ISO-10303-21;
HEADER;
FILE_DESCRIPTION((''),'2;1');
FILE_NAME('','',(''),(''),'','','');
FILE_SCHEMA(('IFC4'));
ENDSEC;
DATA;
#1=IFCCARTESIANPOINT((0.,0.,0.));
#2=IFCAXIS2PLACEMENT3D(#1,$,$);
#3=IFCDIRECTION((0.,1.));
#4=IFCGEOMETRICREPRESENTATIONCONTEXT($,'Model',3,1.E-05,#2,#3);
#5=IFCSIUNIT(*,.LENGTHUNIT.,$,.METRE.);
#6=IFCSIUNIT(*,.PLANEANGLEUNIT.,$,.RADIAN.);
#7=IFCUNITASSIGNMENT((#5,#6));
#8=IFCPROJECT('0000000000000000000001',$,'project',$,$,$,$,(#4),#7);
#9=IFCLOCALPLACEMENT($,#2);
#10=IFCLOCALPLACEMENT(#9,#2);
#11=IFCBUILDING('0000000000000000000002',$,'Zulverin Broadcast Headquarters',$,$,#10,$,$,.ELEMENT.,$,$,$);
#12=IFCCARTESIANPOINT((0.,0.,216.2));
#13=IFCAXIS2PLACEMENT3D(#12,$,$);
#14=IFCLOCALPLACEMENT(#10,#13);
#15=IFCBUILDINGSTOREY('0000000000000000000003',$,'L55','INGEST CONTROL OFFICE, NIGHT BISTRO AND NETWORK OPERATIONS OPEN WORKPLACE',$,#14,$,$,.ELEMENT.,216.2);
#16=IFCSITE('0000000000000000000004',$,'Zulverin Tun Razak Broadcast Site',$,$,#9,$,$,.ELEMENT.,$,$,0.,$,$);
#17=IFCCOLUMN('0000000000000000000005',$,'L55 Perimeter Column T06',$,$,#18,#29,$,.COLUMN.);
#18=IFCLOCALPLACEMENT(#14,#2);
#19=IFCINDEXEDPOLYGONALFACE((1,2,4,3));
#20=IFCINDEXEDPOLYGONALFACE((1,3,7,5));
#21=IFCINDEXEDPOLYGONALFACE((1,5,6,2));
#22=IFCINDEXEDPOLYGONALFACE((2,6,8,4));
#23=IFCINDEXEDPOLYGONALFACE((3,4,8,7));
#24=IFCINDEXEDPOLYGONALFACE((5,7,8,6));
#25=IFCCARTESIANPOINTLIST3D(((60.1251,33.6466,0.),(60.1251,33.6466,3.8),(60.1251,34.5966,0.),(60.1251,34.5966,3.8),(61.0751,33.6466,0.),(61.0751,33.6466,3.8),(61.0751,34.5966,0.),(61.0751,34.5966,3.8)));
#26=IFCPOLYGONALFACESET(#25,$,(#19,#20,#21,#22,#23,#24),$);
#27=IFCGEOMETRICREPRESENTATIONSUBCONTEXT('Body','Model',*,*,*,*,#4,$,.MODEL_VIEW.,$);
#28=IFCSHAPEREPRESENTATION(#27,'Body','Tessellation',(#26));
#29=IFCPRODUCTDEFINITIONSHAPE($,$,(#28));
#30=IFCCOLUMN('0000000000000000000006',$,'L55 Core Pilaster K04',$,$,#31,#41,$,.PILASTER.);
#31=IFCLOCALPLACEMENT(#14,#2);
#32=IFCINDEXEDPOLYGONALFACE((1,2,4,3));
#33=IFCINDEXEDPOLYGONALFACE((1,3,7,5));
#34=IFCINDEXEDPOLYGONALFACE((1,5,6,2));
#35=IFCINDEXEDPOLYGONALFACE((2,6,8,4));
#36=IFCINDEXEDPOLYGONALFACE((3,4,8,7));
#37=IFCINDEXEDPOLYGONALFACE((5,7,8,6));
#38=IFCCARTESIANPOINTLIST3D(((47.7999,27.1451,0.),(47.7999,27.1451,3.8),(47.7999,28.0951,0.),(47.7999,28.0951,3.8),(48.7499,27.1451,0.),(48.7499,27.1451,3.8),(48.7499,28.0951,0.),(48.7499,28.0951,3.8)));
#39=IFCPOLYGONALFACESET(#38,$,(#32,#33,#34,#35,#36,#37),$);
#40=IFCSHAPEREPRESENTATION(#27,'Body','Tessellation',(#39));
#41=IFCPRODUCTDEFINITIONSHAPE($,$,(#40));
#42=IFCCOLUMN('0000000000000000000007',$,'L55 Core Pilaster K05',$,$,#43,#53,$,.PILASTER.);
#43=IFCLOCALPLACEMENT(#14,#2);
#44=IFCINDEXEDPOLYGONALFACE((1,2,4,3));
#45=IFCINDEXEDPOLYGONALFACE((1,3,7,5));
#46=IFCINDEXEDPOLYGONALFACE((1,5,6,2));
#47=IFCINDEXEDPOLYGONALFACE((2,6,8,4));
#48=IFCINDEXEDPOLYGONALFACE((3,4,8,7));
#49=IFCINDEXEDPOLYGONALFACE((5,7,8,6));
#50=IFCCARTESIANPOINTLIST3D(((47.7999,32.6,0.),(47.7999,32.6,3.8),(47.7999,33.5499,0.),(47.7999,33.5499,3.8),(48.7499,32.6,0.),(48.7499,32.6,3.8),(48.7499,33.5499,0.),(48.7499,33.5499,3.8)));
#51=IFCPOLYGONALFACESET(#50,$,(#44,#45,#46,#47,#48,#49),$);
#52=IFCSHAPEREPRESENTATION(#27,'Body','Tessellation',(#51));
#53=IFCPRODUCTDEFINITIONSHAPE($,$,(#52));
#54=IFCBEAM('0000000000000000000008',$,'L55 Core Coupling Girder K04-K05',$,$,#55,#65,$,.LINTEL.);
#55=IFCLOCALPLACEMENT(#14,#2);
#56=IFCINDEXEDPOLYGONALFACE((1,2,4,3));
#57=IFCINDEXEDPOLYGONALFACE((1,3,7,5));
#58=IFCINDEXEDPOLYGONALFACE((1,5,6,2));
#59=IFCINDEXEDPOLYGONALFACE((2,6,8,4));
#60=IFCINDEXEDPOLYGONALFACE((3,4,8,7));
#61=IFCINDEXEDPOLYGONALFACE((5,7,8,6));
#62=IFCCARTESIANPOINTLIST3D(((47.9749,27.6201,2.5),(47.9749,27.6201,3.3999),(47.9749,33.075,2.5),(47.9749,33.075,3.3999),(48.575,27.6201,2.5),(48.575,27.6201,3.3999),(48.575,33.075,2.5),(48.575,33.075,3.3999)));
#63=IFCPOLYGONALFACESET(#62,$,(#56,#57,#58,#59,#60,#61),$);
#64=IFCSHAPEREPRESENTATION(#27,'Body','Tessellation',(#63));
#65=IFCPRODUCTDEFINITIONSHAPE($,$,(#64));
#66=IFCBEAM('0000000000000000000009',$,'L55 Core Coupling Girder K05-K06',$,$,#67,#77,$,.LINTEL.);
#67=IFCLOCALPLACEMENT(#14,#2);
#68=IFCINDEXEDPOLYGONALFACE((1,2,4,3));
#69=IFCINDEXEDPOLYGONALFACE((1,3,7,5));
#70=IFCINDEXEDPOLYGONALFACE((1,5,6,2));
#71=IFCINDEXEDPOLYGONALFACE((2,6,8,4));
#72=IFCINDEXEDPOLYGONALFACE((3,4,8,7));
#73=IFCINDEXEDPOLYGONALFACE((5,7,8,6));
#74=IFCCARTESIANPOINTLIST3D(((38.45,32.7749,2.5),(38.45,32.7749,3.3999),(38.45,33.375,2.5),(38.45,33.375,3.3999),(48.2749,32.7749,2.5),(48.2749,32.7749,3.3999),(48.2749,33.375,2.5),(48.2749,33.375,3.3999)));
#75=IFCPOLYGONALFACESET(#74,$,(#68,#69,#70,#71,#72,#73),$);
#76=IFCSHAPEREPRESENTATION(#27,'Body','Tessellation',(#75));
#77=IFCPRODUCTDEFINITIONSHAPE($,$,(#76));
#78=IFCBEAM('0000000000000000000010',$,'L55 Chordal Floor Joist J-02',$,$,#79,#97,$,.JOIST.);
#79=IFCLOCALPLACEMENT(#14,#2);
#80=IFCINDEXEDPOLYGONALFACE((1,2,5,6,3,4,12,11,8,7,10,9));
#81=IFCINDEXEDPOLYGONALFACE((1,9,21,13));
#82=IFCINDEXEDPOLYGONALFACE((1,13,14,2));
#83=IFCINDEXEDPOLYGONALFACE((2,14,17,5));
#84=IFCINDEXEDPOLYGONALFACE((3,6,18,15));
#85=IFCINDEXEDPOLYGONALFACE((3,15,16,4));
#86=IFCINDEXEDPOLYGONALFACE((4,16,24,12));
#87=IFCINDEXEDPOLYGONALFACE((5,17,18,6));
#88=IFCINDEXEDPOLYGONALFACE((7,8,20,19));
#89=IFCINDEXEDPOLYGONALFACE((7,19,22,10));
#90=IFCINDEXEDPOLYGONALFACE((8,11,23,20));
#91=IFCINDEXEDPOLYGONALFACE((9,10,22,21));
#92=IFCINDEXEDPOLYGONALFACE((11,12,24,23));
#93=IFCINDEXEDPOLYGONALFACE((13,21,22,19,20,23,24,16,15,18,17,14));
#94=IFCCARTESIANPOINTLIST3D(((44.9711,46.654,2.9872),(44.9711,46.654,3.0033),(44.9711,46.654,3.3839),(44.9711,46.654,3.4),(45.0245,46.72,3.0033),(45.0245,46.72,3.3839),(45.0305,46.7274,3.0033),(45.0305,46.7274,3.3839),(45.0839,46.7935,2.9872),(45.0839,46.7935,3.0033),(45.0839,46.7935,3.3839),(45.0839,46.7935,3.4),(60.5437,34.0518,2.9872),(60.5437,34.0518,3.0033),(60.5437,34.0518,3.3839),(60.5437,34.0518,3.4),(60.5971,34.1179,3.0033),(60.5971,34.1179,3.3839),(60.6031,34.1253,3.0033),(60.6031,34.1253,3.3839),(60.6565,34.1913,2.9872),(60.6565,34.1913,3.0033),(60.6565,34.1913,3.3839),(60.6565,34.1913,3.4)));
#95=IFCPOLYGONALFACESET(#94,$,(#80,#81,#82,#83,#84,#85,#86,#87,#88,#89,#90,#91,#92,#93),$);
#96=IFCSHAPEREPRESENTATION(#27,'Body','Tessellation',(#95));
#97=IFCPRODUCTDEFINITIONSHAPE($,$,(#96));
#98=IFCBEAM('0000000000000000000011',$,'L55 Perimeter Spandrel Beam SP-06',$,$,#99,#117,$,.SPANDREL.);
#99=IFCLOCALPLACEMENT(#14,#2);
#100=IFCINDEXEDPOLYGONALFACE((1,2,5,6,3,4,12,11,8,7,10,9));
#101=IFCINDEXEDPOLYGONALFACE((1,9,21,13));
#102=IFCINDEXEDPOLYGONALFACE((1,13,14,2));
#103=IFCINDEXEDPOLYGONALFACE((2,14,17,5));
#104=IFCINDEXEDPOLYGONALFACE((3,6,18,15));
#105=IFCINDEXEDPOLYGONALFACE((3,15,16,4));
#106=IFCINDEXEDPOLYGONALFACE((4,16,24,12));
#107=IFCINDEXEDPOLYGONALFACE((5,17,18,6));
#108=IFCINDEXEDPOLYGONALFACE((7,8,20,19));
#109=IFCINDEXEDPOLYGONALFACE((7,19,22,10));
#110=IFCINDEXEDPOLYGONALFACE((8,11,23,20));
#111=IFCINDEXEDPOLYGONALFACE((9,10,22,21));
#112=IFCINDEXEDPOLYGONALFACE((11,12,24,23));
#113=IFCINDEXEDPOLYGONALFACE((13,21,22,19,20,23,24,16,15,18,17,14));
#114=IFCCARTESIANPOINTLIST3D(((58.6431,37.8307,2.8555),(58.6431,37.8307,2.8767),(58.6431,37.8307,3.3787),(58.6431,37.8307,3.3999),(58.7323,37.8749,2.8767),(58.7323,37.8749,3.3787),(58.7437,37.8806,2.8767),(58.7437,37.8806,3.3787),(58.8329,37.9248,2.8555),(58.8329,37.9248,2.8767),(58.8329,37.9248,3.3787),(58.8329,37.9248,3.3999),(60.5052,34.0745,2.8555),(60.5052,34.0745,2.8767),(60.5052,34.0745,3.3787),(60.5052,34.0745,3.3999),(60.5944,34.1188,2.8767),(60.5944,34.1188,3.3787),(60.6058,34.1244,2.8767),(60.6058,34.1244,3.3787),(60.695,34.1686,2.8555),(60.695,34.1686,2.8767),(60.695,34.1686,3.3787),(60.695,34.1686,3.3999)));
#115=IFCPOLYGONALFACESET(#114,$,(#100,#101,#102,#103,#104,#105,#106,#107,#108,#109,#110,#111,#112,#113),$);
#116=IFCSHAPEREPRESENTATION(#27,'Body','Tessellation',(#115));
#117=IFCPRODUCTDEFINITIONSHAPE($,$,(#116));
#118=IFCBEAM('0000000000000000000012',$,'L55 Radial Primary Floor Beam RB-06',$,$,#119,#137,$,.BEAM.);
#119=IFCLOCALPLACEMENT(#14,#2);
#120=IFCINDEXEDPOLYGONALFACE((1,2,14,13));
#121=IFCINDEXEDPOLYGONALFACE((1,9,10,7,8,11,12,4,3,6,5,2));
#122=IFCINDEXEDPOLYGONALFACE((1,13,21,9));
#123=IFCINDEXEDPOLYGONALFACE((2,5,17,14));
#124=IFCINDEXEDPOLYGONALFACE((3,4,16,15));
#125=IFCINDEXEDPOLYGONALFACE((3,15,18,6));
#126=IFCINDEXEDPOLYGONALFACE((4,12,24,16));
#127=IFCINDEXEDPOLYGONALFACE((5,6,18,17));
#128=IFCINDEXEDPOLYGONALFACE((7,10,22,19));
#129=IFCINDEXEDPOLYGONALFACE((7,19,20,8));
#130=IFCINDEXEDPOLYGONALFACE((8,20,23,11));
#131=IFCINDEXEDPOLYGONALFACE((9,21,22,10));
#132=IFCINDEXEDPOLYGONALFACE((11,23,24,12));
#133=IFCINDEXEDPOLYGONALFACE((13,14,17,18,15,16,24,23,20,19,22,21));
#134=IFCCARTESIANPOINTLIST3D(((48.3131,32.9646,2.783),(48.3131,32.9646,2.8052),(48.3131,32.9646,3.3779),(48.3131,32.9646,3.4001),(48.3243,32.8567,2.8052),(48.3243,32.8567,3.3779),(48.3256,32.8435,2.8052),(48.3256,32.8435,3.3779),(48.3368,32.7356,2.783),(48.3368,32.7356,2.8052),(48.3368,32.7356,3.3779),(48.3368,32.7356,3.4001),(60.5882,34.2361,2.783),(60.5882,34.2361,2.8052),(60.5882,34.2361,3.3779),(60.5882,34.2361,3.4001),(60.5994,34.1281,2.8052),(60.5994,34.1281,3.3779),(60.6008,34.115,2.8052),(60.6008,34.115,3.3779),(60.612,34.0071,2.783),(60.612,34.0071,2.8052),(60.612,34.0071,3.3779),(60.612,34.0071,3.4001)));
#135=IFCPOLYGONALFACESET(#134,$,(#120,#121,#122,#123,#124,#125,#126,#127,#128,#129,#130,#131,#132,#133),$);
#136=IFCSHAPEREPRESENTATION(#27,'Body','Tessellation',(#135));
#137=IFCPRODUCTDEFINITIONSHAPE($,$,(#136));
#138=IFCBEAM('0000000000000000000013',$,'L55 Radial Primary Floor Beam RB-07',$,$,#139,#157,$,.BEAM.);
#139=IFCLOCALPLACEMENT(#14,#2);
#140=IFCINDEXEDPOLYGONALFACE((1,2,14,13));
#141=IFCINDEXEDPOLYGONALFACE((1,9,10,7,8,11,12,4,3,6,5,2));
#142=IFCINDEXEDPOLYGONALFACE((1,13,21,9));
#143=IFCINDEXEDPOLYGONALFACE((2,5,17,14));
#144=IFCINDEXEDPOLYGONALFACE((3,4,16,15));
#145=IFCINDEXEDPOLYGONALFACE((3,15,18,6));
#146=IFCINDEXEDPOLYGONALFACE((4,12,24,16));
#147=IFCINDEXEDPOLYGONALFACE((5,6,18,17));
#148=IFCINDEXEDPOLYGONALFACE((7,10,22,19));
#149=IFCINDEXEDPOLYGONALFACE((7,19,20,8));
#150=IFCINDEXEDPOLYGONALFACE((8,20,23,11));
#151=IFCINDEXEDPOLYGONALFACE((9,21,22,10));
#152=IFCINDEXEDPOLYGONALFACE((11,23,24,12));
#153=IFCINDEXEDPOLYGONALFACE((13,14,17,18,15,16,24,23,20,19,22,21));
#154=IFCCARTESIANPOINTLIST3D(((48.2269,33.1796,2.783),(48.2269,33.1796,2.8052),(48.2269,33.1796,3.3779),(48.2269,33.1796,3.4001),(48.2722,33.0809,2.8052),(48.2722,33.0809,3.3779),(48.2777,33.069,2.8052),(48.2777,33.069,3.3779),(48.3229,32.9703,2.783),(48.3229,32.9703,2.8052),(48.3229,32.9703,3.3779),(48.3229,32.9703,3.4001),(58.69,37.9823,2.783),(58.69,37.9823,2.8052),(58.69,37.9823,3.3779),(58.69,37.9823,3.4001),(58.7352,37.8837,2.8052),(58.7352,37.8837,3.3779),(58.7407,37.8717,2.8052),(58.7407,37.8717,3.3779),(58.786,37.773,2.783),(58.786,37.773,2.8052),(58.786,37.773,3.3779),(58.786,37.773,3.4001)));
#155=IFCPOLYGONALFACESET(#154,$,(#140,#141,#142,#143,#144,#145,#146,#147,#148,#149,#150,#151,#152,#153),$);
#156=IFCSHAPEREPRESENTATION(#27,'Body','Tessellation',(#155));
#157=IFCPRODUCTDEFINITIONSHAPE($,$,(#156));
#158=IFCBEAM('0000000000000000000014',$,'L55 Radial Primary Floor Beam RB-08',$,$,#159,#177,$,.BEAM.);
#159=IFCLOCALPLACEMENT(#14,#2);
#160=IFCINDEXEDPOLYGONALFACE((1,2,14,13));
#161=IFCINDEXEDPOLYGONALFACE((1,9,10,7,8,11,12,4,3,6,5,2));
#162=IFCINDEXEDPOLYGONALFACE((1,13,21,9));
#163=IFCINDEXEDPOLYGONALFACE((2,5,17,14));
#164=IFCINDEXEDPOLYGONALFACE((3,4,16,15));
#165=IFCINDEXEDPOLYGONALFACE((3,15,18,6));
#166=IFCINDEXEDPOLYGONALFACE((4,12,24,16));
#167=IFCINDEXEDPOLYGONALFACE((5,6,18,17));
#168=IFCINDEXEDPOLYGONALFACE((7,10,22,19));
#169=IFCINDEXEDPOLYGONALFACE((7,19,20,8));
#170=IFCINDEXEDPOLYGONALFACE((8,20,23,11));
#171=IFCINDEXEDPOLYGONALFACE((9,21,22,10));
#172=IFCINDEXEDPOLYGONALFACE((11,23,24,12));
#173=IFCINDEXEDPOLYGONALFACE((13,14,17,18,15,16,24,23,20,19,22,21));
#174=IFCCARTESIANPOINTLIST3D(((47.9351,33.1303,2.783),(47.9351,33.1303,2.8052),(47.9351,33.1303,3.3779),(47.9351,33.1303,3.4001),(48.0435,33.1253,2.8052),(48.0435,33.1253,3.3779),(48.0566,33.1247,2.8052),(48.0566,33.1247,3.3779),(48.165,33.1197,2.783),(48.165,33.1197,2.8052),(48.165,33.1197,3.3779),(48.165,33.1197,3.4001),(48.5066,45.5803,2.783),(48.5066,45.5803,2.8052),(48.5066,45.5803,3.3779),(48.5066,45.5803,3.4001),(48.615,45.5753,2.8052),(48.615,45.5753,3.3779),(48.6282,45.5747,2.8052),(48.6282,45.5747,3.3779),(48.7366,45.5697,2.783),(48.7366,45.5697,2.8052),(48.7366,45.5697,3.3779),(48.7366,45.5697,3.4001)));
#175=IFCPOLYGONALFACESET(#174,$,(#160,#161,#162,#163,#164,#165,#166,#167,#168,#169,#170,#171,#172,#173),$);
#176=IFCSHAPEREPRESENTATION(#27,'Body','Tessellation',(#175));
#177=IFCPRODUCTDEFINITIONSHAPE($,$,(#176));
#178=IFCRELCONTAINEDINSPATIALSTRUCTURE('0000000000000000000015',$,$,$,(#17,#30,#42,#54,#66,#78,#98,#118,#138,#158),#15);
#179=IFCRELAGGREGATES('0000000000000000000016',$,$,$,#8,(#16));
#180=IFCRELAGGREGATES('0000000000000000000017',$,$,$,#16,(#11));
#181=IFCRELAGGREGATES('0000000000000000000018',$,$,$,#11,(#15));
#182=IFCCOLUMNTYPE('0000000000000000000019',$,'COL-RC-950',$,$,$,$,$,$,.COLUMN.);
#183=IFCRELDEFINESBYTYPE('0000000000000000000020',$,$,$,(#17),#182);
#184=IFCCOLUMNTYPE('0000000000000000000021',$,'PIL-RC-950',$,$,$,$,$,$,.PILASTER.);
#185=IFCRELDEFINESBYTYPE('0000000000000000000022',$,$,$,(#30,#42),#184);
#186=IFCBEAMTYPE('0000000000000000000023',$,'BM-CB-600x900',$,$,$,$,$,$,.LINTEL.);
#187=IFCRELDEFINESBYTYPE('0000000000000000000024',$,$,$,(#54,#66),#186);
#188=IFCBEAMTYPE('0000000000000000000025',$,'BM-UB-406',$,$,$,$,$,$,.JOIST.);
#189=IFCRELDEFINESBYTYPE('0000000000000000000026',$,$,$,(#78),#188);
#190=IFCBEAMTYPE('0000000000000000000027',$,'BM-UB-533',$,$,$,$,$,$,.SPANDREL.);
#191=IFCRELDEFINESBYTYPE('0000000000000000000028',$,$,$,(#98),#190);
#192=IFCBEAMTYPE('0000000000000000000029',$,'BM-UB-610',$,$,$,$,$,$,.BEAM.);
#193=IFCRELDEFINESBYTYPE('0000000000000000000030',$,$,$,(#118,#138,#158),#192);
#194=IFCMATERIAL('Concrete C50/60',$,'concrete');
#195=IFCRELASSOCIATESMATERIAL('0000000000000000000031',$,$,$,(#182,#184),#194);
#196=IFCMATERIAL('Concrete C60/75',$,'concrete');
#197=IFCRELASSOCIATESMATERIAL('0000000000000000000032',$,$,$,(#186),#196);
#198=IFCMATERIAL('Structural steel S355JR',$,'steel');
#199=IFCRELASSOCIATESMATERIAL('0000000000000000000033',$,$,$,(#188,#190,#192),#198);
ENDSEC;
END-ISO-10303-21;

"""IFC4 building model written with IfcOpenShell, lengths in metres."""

from ifc_helpers import new_model, si_unit, direction, frame, origin, origin_2d, place, context, subcontext, project, spatial, rectangle, i_section, extrude, material, material_profile, profile_set, type_object, element, save


model = new_model("IFC4")

# Units and contexts
model_context = context("Model", 3, precision=1e-05, world=origin(), true_north=direction((0.0, 1.0)))
body_context = subcontext(model_context, "Body", "Model", "MODEL_VIEW")
ifc_project = project(units=[si_unit("LENGTHUNIT", "METRE"), si_unit("PLANEANGLEUNIT", "RADIAN")], contexts=[model_context])

# Site, building, storey
site_placement = place(None, origin())
site = spatial("IfcSite", under=ifc_project, at=site_placement, Name="Zulverin Tun Razak Broadcast Site", CompositionType="ELEMENT", RefElevation=0.0)
building_placement = place(site_placement, origin())
building = spatial("IfcBuilding", under=site, at=building_placement, Name="Zulverin Broadcast Headquarters", CompositionType="ELEMENT")
storey_placement = place(building_placement, frame((0.0, 0.0, 216.2)))
storey = spatial("IfcBuildingStorey", under=building, at=storey_placement, Name="L55", Description="INGEST CONTROL OFFICE, NIGHT BISTRO AND NETWORK OPERATIONS OPEN WORKPLACE", CompositionType="ELEMENT", Elevation=216.2)

# Columns
ifc_material_1 = material(Name="Concrete C50/60", Category="concrete")
ifc_material_profile_1 = material_profile(ifc_material_1, rectangle(XDim=0.95, YDim=0.95, at=origin_2d()), Name="Concrete C50/60", Category="concrete")
ifc_profile_set_1 = profile_set([ifc_material_profile_1], Name="Concrete C50/60")
column_type_1 = type_object("IfcColumnType", Name="COL-RC-950", PredefinedType="COLUMN", material=ifc_profile_set_1)
column_placement = place(storey_placement, frame((60.6001, 34.1216, 0.0), z_axis=(0.0, 0.0, 1.0), x_axis=(1.0, 0.0, 0.0)))
element("IfcColumn", 1, at=column_placement, inside=storey, type_object=column_type_1, Name="L55 Perimeter Column T06", PredefinedType="COLUMN", context=body_context, shape_type="SweptSolid", body=[
    extrude(rectangle(XDim=0.95, YDim=0.95, at=origin_2d()), origin(), (0.0, 0.0, 1.0), 3.8),
])
ifc_material_profile_2 = material_profile(ifc_material_1, rectangle(XDim=0.95, YDim=0.95, at=origin_2d()), Name="Concrete C50/60", Category="concrete")
ifc_profile_set_2 = profile_set([ifc_material_profile_2], Name="Concrete C50/60")
column_type_2 = type_object("IfcColumnType", Name="PIL-RC-950", PredefinedType="PILASTER", material=ifc_profile_set_2)
for number, where, z_axis, x_axis, name in (
    (2, (48.2749, 27.6201, 0.0), (0.0, 0.0, 1.0), (1.0, 0.0, 0.0), "L55 Core Pilaster K04"),
    (3, (48.2749, 33.075, 0.0), (0.0, 0.0, 1.0), (1.0, 0.0, 0.0), "L55 Core Pilaster K05"),
):
    element("IfcColumn", number, at=place(storey_placement, frame(where, z_axis=z_axis, x_axis=x_axis)), inside=storey, type_object=column_type_2, Name=name, PredefinedType="PILASTER", context=body_context, shape_type="SweptSolid", body=[
        extrude(rectangle(XDim=0.95, YDim=0.95, at=origin_2d()), origin(), (0.0, 0.0, 1.0), 3.8),
    ])

# Beams
ifc_material_2 = material(Name="Concrete C60/75", Category="concrete")
ifc_material_profile_3 = material_profile(ifc_material_2, rectangle(XDim=0.6001, YDim=0.8999, at=origin_2d()), Name="Concrete C60/75", Category="concrete")
ifc_profile_set_3 = profile_set([ifc_material_profile_3], Name="Concrete C60/75")
beam_type_1 = type_object("IfcBeamType", Name="BM-CB-600x900", PredefinedType="LINTEL", material=ifc_profile_set_3)
beam_1_placement = place(storey_placement, frame((48.2749, 27.6201, 2.95), z_axis=(0.0, 1.0, 0.0), x_axis=(-1.0, 0.0, 0.0)))
element("IfcBeam", 4, at=beam_1_placement, inside=storey, type_object=beam_type_1, Name="L55 Core Coupling Girder K04-K05", PredefinedType="LINTEL", context=body_context, shape_type="SweptSolid", body=[
    extrude(rectangle(XDim=0.6001, YDim=0.8999, at=origin_2d()), origin(), (0.0, 0.0, 1.0), 5.4548),
])
beam_2_placement = place(storey_placement, frame((48.2749, 33.075, 2.95), z_axis=(-1.0, 0.0, 0.0), x_axis=(0.0, -1.0, 0.0)))
element("IfcBeam", 5, at=beam_2_placement, inside=storey, type_object=beam_type_1, Name="L55 Core Coupling Girder K05-K06", PredefinedType="LINTEL", context=body_context, shape_type="SweptSolid", body=[
    extrude(rectangle(XDim=0.6001, YDim=0.8999, at=origin_2d()), origin(), (0.0, 0.0, 1.0), 9.825),
])
ifc_material_3 = material(Name="Structural steel S355JR", Category="steel")
ifc_material_profile_4 = material_profile(ifc_material_3, i_section(OverallWidth=0.1794, OverallDepth=0.4128, WebThickness=0.0095, FlangeThickness=0.0161, at=origin_2d()), Name="Structural steel S355JR", Category="steel")
ifc_profile_set_4 = profile_set([ifc_material_profile_4], Name="Structural steel S355JR")
beam_type_2 = type_object("IfcBeamType", Name="BM-UB-406", PredefinedType="JOIST", material=ifc_profile_set_4)
beam_3_placement = place(storey_placement, frame((60.6001, 34.1216, 3.1936), z_axis=(-0.777349, 0.62907, 0.0), x_axis=(-0.62907, -0.777349, 0.0)))
element("IfcBeam", 6, at=beam_3_placement, inside=storey, type_object=beam_type_2, Name="L55 Chordal Floor Joist J-02", PredefinedType="JOIST", context=body_context, shape_type="SweptSolid", body=[
    extrude(i_section(OverallWidth=0.1794, OverallDepth=0.4128, WebThickness=0.0095, FlangeThickness=0.0161, at=origin_2d()), origin(), (0.0, 0.0, 1.0), 20.033),
])
ifc_material_profile_5 = material_profile(ifc_material_3, i_section(OverallWidth=0.2119, OverallDepth=0.5444, WebThickness=0.0127, FlangeThickness=0.0212, at=origin_2d()), Name="Structural steel S355JR", Category="steel")
ifc_profile_set_5 = profile_set([ifc_material_profile_5], Name="Structural steel S355JR")
beam_type_3 = type_object("IfcBeamType", Name="BM-UB-533", PredefinedType="SPANDREL", material=ifc_profile_set_5)
beam_4_placement = place(storey_placement, frame((60.6001, 34.1216, 3.1277), z_axis=(-0.444159, 0.895948, 0.0), x_axis=(-0.895948, -0.444159, 0.0)))
element("IfcBeam", 7, at=beam_4_placement, inside=storey, type_object=beam_type_3, Name="L55 Perimeter Spandrel Beam SP-06", PredefinedType="SPANDREL", context=body_context, shape_type="SweptSolid", body=[
    extrude(i_section(OverallWidth=0.2119, OverallDepth=0.5444, WebThickness=0.0127, FlangeThickness=0.0212, at=origin_2d()), origin(), (0.0, 0.0, 1.0), 4.1924),
])
ifc_material_profile_6 = material_profile(ifc_material_3, i_section(OverallWidth=0.2302, OverallDepth=0.6172, WebThickness=0.0132, FlangeThickness=0.0222, at=origin_2d()), Name="Structural steel S355JR", Category="steel")
ifc_profile_set_6 = profile_set([ifc_material_profile_6], Name="Structural steel S355JR")
beam_type_4 = type_object("IfcBeamType", Name="BM-UB-610", PredefinedType="BEAM", material=ifc_profile_set_6)
beam_5_placement = place(storey_placement, frame((48.325, 32.8501, 3.0916), z_axis=(0.994678, 0.103031, 0.0), x_axis=(-0.103031, 0.994678, 0.0)))
element("IfcBeam", 8, at=beam_5_placement, inside=storey, type_object=beam_type_4, Name="L55 Radial Primary Floor Beam RB-06", PredefinedType="BEAM", context=body_context, shape_type="SweptSolid", body=[
    extrude(i_section(OverallWidth=0.2302, OverallDepth=0.6172, WebThickness=0.0132, FlangeThickness=0.0222, at=origin_2d()), origin(), (0.0, 0.0, 1.0), 12.3408),
])
beam_6_placement = place(storey_placement, frame((48.2749, 33.075, 3.0916), z_axis=(0.90883, 0.417167, 0.0), x_axis=(-0.417167, 0.90883, 0.0)))
element("IfcBeam", 9, at=beam_6_placement, inside=storey, type_object=beam_type_4, Name="L55 Radial Primary Floor Beam RB-07", PredefinedType="BEAM", context=body_context, shape_type="SweptSolid", body=[
    extrude(i_section(OverallWidth=0.2302, OverallDepth=0.6172, WebThickness=0.0132, FlangeThickness=0.0222, at=origin_2d()), origin(), (0.0, 0.0, 1.0), 11.5127),
])
beam_7_placement = place(storey_placement, frame((48.05, 33.125, 3.0916), z_axis=(0.045858, 0.998948, 0.0), x_axis=(-0.998948, 0.045858, 0.0)))
element("IfcBeam", 10, at=beam_7_placement, inside=storey, type_object=beam_type_4, Name="L55 Radial Primary Floor Beam RB-08", PredefinedType="BEAM", context=body_context, shape_type="SweptSolid", body=[
    extrude(i_section(OverallWidth=0.2302, OverallDepth=0.6172, WebThickness=0.0132, FlangeThickness=0.0222, at=origin_2d()), origin(), (0.0, 0.0, 1.0), 12.4631),
])

save(model, "model.ifc")
